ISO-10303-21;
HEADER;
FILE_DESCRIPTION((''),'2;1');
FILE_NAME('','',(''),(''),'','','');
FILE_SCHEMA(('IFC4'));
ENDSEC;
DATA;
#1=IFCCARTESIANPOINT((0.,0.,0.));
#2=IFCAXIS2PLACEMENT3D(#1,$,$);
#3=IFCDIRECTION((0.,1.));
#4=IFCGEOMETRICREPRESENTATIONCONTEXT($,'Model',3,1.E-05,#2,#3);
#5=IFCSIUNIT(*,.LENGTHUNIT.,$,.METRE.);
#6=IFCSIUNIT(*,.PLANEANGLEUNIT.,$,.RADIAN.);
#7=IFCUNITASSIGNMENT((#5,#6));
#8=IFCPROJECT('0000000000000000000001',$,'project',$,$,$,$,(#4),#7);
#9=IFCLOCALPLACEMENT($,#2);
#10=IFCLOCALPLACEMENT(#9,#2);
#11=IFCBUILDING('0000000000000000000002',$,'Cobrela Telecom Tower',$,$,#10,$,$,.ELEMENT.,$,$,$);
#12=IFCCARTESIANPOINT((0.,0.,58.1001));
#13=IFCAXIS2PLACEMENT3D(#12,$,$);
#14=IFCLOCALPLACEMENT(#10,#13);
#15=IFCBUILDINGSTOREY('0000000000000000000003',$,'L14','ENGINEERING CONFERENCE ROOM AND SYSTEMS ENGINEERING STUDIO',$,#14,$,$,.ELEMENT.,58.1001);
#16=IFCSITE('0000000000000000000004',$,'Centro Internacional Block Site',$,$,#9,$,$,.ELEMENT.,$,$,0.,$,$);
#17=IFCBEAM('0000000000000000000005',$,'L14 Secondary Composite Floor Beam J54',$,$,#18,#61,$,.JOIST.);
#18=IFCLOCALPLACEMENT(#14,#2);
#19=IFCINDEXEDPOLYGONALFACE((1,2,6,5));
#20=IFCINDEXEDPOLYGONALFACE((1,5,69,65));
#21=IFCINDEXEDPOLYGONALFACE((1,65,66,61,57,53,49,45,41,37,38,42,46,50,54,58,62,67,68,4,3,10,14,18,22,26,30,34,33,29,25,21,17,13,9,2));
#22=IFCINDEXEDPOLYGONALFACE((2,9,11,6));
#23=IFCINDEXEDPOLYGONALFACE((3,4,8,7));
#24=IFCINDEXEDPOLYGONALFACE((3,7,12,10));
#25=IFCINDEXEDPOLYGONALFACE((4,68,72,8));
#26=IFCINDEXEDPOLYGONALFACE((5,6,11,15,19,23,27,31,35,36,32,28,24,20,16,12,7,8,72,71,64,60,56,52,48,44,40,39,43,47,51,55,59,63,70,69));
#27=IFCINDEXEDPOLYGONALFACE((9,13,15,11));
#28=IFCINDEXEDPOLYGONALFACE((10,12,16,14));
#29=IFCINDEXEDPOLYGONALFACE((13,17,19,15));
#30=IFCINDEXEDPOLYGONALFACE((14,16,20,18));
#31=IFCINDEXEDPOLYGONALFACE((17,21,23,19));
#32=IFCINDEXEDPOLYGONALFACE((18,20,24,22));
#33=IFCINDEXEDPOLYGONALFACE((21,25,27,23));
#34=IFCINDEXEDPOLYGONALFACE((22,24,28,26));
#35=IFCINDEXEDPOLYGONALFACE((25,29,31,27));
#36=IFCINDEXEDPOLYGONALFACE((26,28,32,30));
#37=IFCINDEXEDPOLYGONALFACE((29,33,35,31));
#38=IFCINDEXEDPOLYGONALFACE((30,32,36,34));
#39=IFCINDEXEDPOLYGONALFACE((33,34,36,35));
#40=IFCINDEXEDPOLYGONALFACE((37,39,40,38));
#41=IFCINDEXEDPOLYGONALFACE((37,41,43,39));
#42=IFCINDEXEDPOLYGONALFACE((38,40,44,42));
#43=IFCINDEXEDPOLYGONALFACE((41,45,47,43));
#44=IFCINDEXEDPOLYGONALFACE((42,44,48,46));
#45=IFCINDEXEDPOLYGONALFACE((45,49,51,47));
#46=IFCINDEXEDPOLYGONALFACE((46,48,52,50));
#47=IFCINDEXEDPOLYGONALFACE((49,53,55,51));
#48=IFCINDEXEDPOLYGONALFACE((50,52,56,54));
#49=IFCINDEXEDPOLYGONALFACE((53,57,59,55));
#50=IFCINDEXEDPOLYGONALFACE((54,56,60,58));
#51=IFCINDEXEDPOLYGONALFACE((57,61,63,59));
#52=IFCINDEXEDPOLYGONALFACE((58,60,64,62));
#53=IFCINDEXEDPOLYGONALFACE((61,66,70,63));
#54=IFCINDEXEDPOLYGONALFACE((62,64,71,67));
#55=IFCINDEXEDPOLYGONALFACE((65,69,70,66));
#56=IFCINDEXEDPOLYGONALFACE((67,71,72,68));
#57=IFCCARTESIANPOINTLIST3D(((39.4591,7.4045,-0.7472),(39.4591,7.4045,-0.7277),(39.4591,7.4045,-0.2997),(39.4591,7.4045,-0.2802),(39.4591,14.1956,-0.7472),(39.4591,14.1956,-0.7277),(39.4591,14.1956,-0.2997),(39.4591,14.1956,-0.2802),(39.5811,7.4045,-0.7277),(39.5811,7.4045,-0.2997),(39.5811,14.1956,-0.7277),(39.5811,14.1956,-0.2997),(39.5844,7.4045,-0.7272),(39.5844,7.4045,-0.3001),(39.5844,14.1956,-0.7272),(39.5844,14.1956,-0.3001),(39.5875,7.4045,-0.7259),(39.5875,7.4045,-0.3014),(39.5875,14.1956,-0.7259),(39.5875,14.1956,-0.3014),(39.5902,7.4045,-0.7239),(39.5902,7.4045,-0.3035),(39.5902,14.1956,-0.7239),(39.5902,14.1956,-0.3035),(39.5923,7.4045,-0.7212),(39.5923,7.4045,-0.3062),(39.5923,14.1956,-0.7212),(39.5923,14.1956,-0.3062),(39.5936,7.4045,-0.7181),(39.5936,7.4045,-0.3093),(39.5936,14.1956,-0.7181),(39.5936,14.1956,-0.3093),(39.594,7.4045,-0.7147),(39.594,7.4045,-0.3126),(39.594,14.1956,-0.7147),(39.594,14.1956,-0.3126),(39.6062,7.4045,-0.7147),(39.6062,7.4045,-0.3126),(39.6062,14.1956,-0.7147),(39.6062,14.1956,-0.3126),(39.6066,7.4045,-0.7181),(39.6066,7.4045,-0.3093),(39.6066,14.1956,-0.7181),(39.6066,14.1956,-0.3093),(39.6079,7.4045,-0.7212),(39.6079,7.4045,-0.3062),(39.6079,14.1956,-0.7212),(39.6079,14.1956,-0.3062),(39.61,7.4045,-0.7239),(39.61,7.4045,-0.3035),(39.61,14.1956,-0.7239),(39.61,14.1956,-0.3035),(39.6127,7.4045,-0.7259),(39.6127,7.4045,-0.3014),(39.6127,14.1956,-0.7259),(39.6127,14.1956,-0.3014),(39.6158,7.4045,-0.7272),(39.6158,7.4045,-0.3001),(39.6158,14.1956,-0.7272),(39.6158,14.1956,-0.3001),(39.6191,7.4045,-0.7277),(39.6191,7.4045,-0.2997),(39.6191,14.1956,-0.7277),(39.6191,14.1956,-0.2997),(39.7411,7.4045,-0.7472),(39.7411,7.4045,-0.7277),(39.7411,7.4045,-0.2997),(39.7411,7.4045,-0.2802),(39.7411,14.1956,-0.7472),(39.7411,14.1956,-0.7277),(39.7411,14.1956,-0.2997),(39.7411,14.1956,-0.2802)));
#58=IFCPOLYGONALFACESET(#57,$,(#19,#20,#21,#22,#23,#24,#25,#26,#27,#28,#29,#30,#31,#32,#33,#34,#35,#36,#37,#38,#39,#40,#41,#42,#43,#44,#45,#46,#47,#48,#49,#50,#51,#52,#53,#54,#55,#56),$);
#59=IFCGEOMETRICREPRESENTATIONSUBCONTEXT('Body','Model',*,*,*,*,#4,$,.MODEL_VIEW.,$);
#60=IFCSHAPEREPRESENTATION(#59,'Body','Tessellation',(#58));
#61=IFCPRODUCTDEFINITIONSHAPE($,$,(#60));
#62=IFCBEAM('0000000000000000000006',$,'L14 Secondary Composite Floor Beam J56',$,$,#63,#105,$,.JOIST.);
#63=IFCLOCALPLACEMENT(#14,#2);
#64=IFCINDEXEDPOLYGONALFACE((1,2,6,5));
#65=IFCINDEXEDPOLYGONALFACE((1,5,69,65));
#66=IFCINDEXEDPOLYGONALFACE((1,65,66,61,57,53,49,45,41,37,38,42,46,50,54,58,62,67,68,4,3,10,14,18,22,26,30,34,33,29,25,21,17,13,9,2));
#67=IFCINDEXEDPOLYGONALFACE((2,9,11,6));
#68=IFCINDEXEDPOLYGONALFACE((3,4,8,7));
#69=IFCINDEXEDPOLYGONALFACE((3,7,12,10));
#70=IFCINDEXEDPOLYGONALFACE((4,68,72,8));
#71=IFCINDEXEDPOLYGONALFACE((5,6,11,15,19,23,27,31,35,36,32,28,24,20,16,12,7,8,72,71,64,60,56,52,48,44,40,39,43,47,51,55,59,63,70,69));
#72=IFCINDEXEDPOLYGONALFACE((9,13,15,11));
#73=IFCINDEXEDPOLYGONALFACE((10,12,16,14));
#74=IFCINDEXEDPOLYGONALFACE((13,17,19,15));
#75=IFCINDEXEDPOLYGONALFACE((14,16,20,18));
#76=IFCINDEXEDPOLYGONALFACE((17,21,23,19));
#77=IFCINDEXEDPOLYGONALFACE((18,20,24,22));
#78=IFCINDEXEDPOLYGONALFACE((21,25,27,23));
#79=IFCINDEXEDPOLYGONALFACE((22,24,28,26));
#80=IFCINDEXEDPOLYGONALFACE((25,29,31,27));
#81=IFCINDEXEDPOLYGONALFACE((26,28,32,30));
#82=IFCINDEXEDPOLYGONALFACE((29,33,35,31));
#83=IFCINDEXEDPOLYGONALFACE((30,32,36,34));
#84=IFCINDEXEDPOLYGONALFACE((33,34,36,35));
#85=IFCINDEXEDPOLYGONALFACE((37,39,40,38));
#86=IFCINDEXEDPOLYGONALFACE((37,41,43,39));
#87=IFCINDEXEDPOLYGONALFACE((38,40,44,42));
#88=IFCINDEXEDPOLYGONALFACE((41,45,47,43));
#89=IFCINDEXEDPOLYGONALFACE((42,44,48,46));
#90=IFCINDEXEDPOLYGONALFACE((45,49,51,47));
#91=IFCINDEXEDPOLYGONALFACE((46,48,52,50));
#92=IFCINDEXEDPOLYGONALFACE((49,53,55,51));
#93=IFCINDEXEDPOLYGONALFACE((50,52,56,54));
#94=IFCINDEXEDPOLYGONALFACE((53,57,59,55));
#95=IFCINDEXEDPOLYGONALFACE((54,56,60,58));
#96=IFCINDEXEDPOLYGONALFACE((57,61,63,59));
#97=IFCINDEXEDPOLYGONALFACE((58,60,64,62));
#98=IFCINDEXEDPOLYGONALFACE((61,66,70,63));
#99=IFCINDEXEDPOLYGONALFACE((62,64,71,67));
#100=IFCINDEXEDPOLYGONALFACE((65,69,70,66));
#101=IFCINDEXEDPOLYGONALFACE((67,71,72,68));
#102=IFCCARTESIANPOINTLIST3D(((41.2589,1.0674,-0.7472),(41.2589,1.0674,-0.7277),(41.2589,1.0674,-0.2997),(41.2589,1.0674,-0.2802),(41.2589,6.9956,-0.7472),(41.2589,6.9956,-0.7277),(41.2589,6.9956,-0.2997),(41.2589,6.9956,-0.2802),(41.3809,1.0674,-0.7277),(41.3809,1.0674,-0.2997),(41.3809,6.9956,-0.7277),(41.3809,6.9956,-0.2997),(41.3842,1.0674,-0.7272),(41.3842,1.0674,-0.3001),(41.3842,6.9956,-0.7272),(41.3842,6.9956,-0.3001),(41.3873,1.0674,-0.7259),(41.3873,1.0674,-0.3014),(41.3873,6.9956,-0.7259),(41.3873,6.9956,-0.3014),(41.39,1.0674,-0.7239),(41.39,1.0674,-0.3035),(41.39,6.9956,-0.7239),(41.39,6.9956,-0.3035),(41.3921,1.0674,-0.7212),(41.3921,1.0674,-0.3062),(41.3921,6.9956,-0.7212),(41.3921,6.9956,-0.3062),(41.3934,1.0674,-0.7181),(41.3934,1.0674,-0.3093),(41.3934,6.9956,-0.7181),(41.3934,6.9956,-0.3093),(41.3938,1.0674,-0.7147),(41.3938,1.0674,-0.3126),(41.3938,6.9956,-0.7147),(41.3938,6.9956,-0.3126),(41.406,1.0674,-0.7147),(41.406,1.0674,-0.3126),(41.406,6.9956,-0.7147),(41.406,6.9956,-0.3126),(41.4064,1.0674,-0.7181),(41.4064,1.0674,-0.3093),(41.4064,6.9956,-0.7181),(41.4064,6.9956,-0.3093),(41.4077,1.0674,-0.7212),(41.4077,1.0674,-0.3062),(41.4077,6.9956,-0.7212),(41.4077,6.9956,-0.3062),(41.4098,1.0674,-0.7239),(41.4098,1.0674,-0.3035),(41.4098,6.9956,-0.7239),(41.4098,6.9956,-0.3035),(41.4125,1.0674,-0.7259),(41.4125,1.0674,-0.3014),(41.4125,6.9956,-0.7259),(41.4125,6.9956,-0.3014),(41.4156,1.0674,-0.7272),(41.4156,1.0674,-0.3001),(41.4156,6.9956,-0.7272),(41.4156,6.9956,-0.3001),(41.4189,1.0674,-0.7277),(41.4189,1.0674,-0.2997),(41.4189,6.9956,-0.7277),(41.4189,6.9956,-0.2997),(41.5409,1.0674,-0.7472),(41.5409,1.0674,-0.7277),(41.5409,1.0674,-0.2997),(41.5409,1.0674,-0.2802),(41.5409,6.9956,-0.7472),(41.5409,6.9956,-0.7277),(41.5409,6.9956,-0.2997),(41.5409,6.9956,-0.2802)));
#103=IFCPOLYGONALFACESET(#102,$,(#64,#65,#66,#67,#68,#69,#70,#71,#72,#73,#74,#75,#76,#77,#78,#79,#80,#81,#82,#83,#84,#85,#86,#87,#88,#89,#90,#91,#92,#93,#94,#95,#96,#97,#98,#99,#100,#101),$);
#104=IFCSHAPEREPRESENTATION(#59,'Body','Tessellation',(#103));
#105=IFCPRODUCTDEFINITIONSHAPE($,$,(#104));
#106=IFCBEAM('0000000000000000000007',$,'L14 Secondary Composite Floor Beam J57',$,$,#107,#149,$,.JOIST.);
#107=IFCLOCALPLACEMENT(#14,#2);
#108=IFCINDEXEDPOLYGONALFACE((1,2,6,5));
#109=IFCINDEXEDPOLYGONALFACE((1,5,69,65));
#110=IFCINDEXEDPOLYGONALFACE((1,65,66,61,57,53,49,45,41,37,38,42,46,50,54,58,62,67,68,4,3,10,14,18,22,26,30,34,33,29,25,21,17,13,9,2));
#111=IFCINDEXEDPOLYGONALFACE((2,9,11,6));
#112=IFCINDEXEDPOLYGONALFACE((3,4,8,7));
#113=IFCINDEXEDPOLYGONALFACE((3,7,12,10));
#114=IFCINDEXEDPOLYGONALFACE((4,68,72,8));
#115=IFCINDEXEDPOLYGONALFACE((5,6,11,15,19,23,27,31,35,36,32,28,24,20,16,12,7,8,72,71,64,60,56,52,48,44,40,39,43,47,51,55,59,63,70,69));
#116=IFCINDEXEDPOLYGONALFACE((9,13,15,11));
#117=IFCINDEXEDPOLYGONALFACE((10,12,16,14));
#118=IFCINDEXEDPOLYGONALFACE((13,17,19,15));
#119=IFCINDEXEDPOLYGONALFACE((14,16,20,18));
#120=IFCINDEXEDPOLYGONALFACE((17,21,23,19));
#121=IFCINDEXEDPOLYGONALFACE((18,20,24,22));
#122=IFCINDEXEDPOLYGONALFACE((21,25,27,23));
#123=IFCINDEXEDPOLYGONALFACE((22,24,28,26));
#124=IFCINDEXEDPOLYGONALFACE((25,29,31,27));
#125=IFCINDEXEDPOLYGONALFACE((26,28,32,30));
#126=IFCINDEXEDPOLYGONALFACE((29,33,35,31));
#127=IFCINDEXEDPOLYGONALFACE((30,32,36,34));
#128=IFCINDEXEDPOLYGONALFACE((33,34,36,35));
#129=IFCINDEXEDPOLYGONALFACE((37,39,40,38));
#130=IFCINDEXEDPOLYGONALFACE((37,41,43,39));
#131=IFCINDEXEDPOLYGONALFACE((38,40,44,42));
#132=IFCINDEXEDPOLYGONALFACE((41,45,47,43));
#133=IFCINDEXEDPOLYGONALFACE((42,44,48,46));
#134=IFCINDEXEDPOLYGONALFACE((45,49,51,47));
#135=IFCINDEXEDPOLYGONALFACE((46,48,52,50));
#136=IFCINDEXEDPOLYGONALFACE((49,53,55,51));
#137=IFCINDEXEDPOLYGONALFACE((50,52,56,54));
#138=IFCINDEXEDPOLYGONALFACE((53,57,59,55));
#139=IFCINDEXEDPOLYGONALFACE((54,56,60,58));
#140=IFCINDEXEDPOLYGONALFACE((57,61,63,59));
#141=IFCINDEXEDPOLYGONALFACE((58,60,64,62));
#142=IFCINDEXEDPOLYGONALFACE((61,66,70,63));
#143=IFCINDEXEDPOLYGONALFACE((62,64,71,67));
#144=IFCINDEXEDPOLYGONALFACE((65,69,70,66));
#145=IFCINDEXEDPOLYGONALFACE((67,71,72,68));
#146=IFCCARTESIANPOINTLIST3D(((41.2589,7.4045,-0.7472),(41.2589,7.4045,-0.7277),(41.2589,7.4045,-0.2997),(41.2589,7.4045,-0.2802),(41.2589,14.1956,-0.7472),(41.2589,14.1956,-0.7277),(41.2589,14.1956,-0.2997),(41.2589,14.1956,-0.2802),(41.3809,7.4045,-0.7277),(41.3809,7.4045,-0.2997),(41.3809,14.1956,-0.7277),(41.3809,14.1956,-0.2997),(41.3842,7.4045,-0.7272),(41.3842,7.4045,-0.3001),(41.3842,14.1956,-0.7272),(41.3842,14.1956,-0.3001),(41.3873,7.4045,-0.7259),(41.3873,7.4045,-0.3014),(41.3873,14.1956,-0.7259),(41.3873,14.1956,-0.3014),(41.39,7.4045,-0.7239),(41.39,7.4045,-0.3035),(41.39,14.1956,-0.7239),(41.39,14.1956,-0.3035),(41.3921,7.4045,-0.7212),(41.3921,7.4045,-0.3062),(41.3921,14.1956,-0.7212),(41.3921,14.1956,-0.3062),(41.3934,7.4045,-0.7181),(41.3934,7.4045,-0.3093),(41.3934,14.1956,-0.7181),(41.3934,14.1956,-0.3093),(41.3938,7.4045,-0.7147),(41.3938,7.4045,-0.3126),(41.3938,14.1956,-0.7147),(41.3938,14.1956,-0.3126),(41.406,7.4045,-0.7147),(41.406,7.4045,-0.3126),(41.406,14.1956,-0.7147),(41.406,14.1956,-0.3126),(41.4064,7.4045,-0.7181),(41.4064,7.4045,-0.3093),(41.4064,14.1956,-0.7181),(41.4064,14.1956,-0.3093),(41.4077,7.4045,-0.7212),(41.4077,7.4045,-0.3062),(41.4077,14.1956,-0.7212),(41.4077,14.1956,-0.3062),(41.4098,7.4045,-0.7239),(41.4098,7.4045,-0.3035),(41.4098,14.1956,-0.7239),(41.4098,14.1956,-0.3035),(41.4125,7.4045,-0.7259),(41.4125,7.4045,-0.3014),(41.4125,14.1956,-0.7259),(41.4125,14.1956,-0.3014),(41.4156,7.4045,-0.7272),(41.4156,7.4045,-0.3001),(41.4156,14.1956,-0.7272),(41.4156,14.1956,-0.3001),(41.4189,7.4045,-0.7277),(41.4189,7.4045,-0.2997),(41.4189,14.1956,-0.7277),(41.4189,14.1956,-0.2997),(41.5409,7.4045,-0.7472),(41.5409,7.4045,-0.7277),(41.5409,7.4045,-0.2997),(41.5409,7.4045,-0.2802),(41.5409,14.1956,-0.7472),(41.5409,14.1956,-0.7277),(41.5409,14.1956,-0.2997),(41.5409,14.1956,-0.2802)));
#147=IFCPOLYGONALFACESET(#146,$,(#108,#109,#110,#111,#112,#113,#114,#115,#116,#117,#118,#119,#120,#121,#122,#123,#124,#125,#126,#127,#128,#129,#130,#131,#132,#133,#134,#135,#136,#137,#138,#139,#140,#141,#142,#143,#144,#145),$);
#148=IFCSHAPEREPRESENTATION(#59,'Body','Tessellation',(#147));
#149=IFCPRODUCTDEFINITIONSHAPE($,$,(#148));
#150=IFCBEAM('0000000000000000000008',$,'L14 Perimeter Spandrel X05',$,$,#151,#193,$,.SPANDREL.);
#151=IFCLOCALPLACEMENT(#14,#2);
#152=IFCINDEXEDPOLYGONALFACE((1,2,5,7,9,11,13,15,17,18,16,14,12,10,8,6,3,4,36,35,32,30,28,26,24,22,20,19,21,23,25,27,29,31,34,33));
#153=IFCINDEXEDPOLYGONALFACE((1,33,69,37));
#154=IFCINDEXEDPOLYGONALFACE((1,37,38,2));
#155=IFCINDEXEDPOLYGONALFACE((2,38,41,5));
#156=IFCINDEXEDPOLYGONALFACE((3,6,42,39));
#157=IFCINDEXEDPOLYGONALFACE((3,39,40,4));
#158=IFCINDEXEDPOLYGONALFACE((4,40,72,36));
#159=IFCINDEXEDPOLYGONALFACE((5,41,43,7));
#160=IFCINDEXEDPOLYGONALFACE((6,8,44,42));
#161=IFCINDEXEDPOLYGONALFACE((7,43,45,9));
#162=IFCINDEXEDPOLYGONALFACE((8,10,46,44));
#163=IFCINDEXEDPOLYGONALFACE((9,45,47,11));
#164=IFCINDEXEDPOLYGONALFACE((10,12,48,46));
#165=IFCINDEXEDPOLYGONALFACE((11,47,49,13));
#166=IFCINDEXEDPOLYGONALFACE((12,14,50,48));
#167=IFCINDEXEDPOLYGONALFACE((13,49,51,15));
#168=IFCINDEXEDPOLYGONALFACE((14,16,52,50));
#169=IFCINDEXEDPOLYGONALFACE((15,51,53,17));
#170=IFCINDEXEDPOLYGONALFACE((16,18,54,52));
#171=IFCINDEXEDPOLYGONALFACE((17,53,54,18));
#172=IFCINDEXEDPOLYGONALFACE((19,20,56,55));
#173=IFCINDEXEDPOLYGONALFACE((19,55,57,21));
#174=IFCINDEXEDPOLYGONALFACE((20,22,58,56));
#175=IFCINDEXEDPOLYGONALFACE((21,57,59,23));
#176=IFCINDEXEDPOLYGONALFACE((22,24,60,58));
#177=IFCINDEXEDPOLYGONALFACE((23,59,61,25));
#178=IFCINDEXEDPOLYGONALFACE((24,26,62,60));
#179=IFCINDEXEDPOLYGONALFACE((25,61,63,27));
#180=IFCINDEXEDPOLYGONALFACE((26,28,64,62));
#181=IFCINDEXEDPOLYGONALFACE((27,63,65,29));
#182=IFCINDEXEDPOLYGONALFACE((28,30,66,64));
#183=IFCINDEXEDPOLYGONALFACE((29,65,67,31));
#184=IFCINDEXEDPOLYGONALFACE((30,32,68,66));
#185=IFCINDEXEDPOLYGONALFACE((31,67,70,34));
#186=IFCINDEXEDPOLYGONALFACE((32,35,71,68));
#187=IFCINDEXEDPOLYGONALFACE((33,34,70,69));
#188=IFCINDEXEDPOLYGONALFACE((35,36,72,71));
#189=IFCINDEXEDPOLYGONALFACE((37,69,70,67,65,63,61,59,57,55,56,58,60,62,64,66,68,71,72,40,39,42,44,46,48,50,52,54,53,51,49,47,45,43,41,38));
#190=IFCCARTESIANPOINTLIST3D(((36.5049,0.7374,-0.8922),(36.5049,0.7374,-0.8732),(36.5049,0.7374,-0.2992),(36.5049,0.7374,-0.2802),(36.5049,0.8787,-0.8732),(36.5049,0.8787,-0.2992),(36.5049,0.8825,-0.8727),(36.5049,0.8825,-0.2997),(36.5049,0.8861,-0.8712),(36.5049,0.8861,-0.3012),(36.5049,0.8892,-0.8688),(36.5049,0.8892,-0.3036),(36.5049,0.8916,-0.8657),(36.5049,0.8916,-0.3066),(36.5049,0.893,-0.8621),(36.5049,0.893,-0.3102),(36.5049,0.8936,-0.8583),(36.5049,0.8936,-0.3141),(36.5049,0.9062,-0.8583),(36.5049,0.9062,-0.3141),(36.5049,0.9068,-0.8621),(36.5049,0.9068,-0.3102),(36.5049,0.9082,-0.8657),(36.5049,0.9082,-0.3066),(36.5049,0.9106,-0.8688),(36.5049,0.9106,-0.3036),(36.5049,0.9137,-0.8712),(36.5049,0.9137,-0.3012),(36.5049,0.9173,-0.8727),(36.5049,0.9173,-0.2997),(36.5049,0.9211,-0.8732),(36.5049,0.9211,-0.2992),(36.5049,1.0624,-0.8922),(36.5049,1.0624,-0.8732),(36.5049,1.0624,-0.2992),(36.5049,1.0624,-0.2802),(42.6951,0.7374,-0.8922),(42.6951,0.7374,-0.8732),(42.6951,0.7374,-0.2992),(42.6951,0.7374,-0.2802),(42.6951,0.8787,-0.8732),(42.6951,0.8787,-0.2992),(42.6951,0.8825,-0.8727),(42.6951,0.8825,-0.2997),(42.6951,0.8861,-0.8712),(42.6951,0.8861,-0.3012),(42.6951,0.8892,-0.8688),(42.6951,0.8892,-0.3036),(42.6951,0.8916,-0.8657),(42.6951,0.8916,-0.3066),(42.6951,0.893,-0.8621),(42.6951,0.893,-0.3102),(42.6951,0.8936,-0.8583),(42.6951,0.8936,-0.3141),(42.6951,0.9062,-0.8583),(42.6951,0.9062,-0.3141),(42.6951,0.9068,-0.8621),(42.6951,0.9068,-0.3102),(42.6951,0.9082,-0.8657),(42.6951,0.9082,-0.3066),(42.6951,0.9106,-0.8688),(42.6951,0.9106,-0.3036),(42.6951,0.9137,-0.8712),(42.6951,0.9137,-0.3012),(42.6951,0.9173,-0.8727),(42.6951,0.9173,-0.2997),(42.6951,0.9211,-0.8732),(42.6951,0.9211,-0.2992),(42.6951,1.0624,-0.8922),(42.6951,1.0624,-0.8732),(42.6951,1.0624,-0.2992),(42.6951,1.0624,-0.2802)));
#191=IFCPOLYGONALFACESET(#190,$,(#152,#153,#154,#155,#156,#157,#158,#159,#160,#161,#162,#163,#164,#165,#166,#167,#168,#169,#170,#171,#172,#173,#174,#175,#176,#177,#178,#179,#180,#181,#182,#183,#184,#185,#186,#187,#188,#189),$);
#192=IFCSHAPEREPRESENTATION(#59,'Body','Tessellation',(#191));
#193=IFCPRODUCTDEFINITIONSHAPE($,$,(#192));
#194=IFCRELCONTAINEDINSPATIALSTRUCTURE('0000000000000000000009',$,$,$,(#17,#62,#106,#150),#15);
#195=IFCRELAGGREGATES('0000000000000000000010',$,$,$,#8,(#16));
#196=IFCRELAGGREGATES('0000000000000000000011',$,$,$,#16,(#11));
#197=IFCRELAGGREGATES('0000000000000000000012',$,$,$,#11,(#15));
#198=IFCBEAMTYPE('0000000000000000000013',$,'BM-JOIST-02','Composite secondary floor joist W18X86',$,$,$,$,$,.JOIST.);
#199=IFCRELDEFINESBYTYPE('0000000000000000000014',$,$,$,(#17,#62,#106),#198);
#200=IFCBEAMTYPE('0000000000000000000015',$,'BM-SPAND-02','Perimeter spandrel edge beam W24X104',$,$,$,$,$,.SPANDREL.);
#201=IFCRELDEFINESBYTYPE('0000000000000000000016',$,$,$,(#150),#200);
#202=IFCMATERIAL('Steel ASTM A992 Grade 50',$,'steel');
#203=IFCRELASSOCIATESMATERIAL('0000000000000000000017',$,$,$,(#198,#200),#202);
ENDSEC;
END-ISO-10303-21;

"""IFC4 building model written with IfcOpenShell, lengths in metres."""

from ifc_helpers import new_model, si_unit, direction, frame, origin, origin_2d, place, context, subcontext, project, spatial, i_section, extrude, material, material_profile, profile_set, type_object, element, save


model = new_model("IFC4")

# Units and contexts
model_context = context("Model", 3, precision=1e-05, world=origin(), true_north=direction((0.0, 1.0)))
body_context = subcontext(model_context, "Body", "Model", "MODEL_VIEW")
ifc_project = project(units=[si_unit("LENGTHUNIT", "METRE"), si_unit("PLANEANGLEUNIT", "RADIAN")], contexts=[model_context])

# Site, building, storey
site_placement = place(None, origin())
site = spatial("IfcSite", under=ifc_project, at=site_placement, Name="Centro Internacional Block Site", CompositionType="ELEMENT", RefElevation=0.0)
building_placement = place(site_placement, origin())
building = spatial("IfcBuilding", under=site, at=building_placement, Name="Cobrela Telecom Tower", CompositionType="ELEMENT")
storey_placement = place(building_placement, frame((0.0, 0.0, 58.1001)))
storey = spatial("IfcBuildingStorey", under=building, at=storey_placement, Name="L14", Description="ENGINEERING CONFERENCE ROOM AND SYSTEMS ENGINEERING STUDIO", CompositionType="ELEMENT", Elevation=58.1001)

# Shared definitions
ifc_material_1 = material(Name="Steel ASTM A992 Grade 50", Category="steel")

# Beams
ifc_material_profile_1 = material_profile(ifc_material_1, i_section(OverallWidth=0.282, OverallDepth=0.467, WebThickness=0.0122, FlangeThickness=0.0195, FilletRadius=0.0129, at=origin_2d()), Name="W18X86")
ifc_profile_set_1 = profile_set([ifc_material_profile_1], Name="Steel ASTM A992 Grade 50")
beam_type_1 = type_object("IfcBeamType", Name="BM-JOIST-02", Description="Composite secondary floor joist W18X86", PredefinedType="JOIST", material=ifc_profile_set_1)
beam_1_placement = place(storey_placement, frame((39.6001, 7.4045, -0.5137), z_axis=(0.0, 1.0, 0.0), x_axis=(-1.0, 0.0, 0.0)))
element("IfcBeam", 1, at=beam_1_placement, inside=storey, type_object=beam_type_1, Name="L14 Secondary Composite Floor Beam J54", PredefinedType="JOIST", context=body_context, shape_type="SweptSolid", body=[
    extrude(i_section(OverallWidth=0.282, OverallDepth=0.467, WebThickness=0.0122, FlangeThickness=0.0195, FilletRadius=0.0129, at=origin_2d()), origin(), (0.0, 0.0, 1.0), 6.791),
])
beam_2_placement = place(storey_placement, frame((41.3999, 1.0674, -0.5137), z_axis=(0.0, 1.0, 0.0), x_axis=(-1.0, 0.0, 0.0)))
element("IfcBeam", 2, at=beam_2_placement, inside=storey, type_object=beam_type_1, Name="L14 Secondary Composite Floor Beam J56", PredefinedType="JOIST", context=body_context, shape_type="SweptSolid", body=[
    extrude(i_section(OverallWidth=0.282, OverallDepth=0.467, WebThickness=0.0122, FlangeThickness=0.0195, FilletRadius=0.0129, at=origin_2d()), origin(), (0.0, 0.0, 1.0), 5.9282),
])
beam_3_placement = place(storey_placement, frame((41.3999, 7.4045, -0.5137), z_axis=(0.0, 1.0, 0.0), x_axis=(-1.0, 0.0, 0.0)))
element("IfcBeam", 3, at=beam_3_placement, inside=storey, type_object=beam_type_1, Name="L14 Secondary Composite Floor Beam J57", PredefinedType="JOIST", context=body_context, shape_type="SweptSolid", body=[
    extrude(i_section(OverallWidth=0.282, OverallDepth=0.467, WebThickness=0.0122, FlangeThickness=0.0195, FilletRadius=0.0129, at=origin_2d()), origin(), (0.0, 0.0, 1.0), 6.791),
])
ifc_material_profile_2 = material_profile(ifc_material_1, i_section(OverallWidth=0.325, OverallDepth=0.6121, WebThickness=0.0127, FlangeThickness=0.019, FilletRadius=0.0149, at=origin_2d()), Name="W24X104")
ifc_profile_set_2 = profile_set([ifc_material_profile_2], Name="Steel ASTM A992 Grade 50")
beam_type_2 = type_object("IfcBeamType", Name="BM-SPAND-02", Description="Perimeter spandrel edge beam W24X104", PredefinedType="SPANDREL", material=ifc_profile_set_2)
beam_4_placement = place(storey_placement, frame((36.5049, 0.8999, -0.5862), z_axis=(1.0, 0.0, 0.0), x_axis=(0.0, 1.0, 0.0)))
element("IfcBeam", 4, at=beam_4_placement, inside=storey, type_object=beam_type_2, Name="L14 Perimeter Spandrel X05", PredefinedType="SPANDREL", context=body_context, shape_type="SweptSolid", body=[
    extrude(i_section(OverallWidth=0.325, OverallDepth=0.6121, WebThickness=0.0127, FlangeThickness=0.019, FilletRadius=0.0149, at=origin_2d()), origin(), (0.0, 0.0, 1.0), 6.1902),
])

save(model, "model.ifc")
